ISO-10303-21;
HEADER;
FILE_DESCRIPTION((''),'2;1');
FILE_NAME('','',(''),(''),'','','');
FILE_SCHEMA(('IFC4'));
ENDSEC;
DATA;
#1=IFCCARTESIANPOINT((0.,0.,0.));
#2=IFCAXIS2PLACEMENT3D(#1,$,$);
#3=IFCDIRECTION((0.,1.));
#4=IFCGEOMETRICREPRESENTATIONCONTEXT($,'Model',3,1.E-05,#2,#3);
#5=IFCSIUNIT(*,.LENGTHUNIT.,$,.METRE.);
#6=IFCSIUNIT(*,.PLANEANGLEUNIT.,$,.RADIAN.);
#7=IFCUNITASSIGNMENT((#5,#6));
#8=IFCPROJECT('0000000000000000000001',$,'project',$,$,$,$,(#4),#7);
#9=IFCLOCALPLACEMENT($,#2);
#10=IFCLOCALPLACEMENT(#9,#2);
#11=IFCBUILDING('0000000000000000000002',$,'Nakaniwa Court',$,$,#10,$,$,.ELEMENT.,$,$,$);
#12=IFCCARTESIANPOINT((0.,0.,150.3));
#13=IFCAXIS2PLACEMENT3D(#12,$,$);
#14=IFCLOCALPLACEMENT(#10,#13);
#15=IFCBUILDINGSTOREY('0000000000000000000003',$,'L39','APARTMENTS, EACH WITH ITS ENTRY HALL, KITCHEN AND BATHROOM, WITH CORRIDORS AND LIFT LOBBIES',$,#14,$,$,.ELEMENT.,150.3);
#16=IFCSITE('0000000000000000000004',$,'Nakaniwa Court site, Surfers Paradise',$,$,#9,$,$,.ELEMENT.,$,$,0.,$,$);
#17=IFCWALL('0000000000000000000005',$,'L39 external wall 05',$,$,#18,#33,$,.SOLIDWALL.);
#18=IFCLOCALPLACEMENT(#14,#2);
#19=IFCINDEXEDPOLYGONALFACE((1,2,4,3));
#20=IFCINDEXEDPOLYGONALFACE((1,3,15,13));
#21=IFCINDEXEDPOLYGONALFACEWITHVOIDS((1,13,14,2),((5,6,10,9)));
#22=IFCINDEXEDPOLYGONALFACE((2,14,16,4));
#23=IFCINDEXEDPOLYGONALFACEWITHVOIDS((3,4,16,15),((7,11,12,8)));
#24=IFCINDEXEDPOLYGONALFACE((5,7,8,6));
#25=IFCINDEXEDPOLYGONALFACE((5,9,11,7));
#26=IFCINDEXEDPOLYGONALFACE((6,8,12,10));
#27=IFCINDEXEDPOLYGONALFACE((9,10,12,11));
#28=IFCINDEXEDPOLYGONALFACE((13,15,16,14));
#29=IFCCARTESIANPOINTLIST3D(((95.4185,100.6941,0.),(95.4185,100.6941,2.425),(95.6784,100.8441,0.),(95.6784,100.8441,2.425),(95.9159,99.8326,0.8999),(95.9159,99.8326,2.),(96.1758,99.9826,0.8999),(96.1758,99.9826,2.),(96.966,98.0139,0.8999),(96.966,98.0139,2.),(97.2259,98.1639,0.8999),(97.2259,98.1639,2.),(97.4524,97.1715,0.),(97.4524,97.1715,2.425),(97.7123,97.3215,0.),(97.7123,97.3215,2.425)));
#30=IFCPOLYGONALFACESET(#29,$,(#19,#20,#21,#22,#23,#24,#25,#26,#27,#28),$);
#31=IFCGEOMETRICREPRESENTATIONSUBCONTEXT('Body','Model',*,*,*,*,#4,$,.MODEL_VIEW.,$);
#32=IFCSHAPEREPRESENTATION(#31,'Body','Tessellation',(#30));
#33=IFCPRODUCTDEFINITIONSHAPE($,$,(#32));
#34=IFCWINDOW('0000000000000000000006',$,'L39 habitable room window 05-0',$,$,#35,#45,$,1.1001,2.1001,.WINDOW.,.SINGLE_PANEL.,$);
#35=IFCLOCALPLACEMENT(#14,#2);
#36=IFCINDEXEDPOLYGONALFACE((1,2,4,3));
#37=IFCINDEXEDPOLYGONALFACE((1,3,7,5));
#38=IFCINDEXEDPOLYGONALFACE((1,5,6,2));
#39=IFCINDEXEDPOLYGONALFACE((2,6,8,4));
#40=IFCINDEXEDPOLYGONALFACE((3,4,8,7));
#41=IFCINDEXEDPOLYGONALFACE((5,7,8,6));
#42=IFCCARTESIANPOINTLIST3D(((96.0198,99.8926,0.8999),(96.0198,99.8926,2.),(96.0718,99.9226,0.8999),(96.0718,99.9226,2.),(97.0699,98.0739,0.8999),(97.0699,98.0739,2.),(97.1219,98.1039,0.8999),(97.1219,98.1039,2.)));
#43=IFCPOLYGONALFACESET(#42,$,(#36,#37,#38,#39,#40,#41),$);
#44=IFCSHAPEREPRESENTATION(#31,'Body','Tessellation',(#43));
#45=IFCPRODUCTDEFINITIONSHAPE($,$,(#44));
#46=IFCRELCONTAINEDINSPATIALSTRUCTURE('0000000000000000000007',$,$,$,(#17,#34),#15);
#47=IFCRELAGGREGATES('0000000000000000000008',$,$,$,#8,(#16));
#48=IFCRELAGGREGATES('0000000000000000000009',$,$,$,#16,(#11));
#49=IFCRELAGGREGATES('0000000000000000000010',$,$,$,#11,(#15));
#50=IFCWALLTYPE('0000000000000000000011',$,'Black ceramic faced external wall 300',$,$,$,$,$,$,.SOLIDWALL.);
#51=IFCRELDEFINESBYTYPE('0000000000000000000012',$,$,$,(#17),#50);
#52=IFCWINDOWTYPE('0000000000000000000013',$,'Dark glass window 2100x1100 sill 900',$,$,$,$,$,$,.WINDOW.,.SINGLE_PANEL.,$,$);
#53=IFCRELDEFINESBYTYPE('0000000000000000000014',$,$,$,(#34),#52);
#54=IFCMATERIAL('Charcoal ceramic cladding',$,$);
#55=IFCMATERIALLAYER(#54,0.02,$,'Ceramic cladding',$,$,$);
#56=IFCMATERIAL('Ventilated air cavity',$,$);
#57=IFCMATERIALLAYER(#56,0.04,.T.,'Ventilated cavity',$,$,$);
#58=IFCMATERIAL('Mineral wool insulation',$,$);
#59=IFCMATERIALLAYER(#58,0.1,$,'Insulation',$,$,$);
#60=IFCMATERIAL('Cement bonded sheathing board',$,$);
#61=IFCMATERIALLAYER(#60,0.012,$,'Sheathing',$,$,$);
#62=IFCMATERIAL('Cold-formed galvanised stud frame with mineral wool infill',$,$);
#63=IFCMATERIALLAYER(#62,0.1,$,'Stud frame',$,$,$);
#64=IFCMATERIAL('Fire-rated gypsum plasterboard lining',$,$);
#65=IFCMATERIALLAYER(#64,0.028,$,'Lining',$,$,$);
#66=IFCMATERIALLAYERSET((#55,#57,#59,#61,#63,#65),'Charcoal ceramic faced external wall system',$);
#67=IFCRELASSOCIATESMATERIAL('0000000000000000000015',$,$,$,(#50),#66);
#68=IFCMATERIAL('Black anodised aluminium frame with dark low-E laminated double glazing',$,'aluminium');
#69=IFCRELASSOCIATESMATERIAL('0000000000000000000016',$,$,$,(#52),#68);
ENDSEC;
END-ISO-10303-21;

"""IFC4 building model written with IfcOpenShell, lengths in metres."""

from ifc_helpers import new_model, si_unit, direction, frame, frame_2d, origin, place, context, subcontext, project, spatial, rectangle, extrude, material, layer, layer_set, type_object, element, fill, save


model = new_model("IFC4")

# Units and contexts
model_context = context("Model", 3, precision=1e-05, world=origin(), true_north=direction((0.0, 1.0)))
body_context = subcontext(model_context, "Body", "Model", "MODEL_VIEW")
ifc_project = project(units=[si_unit("LENGTHUNIT", "METRE"), si_unit("PLANEANGLEUNIT", "RADIAN")], contexts=[model_context])

# Site, building, storey
site_placement = place(None, origin())
site = spatial("IfcSite", under=ifc_project, at=site_placement, Name="Nakaniwa Court site, Surfers Paradise", CompositionType="ELEMENT", RefElevation=0.0)
building_placement = place(site_placement, origin())
building = spatial("IfcBuilding", under=site, at=building_placement, Name="Nakaniwa Court", CompositionType="ELEMENT")
storey_placement = place(building_placement, frame((0.0, 0.0, 150.3)))
storey = spatial("IfcBuildingStorey", under=building, at=storey_placement, Name="L39", Description="APARTMENTS, EACH WITH ITS ENTRY HALL, KITCHEN AND BATHROOM, WITH CORRIDORS AND LIFT LOBBIES", CompositionType="ELEMENT", Elevation=150.3)

# Wall, opening, window
ifc_material_1 = material(Name="Charcoal ceramic cladding")
ifc_layer_1 = layer(ifc_material_1, 0.02, Name="Ceramic cladding")
ifc_material_2 = material(Name="Ventilated air cavity")
ifc_layer_2 = layer(ifc_material_2, 0.04, ventilated=True, Name="Ventilated cavity")
ifc_material_3 = material(Name="Mineral wool insulation")
ifc_layer_3 = layer(ifc_material_3, 0.1, Name="Insulation")
ifc_material_4 = material(Name="Cement bonded sheathing board")
ifc_layer_4 = layer(ifc_material_4, 0.012, Name="Sheathing")
ifc_material_5 = material(Name="Cold-formed galvanised stud frame with mineral wool infill")
ifc_layer_5 = layer(ifc_material_5, 0.1, Name="Stud frame")
ifc_material_6 = material(Name="Fire-rated gypsum plasterboard lining")
ifc_layer_6 = layer(ifc_material_6, 0.028, Name="Lining")
ifc_layer_set_1 = layer_set([ifc_layer_1, ifc_layer_2, ifc_layer_3, ifc_layer_4, ifc_layer_5, ifc_layer_6], Name="Charcoal ceramic faced external wall system")
wall_type_1 = type_object("IfcWallType", Name="Black ceramic faced external wall 300", PredefinedType="SOLIDWALL", material=ifc_layer_set_1)
ifc_material_7 = material(Name="Black anodised aluminium frame with dark low-E laminated double glazing", Category="aluminium")
window_type = type_object("IfcWindowType", Name="Dark glass window 2100x1100 sill 900", PartitioningType="SINGLE_PANEL", PredefinedType="WINDOW", material=ifc_material_7)
wall_1_placement = place(storey_placement, frame((97.5823, 97.2466, 0.0), z_axis=(0.0, 0.0, 1.0), x_axis=(-0.500019, 0.866015, 0.0)))
wall_1 = element("IfcWall", 1, at=wall_1_placement, inside=storey, type_object=wall_type_1, Name="L39 external wall 05", PredefinedType="SOLIDWALL", context=body_context, shape_type="SweptSolid", body=[
    extrude(rectangle(XDim=4.0676, YDim=0.3, at=frame_2d((2.0337, 0.0))), origin(), (0.0, 0.0, 1.0), 2.425),
])
opening_1_placement = place(wall_1_placement, frame((0.9727, 0.0, 0.8999)))
opening_1 = element("IfcOpeningElement", 2, at=opening_1_placement, cuts=wall_1, PredefinedType="OPENING", context=body_context, shape_type="SweptSolid", body=[
    extrude(rectangle(XDim=2.1001, YDim=1.1001, at=frame_2d((1.05, 0.55))), frame((0.0, 0.1599, 0.0), z_axis=(0.0, -1.0, 0.0), x_axis=(1.0, 0.0, 0.0)), (0.0, 0.0, 1.0), 0.3201),
])
window_1_placement = place(opening_1_placement, origin())
window_1 = element("IfcWindow", 3, at=window_1_placement, inside=storey, type_object=window_type, Name="L39 habitable room window 05-0", OverallHeight=1.1001, OverallWidth=2.1001, PartitioningType="SINGLE_PANEL", PredefinedType="WINDOW", context=body_context, shape_type="SweptSolid", body=[
    extrude(rectangle(XDim=2.1001, YDim=1.1001, at=frame_2d((1.05, 0.55))), frame((0.0, 0.03, 0.0), z_axis=(0.0, -1.0, 0.0), x_axis=(1.0, 0.0, 0.0)), (0.0, 0.0, 1.0), 0.0601),
])
fill(opening_1, window_1)

save(model, "model.ifc")
